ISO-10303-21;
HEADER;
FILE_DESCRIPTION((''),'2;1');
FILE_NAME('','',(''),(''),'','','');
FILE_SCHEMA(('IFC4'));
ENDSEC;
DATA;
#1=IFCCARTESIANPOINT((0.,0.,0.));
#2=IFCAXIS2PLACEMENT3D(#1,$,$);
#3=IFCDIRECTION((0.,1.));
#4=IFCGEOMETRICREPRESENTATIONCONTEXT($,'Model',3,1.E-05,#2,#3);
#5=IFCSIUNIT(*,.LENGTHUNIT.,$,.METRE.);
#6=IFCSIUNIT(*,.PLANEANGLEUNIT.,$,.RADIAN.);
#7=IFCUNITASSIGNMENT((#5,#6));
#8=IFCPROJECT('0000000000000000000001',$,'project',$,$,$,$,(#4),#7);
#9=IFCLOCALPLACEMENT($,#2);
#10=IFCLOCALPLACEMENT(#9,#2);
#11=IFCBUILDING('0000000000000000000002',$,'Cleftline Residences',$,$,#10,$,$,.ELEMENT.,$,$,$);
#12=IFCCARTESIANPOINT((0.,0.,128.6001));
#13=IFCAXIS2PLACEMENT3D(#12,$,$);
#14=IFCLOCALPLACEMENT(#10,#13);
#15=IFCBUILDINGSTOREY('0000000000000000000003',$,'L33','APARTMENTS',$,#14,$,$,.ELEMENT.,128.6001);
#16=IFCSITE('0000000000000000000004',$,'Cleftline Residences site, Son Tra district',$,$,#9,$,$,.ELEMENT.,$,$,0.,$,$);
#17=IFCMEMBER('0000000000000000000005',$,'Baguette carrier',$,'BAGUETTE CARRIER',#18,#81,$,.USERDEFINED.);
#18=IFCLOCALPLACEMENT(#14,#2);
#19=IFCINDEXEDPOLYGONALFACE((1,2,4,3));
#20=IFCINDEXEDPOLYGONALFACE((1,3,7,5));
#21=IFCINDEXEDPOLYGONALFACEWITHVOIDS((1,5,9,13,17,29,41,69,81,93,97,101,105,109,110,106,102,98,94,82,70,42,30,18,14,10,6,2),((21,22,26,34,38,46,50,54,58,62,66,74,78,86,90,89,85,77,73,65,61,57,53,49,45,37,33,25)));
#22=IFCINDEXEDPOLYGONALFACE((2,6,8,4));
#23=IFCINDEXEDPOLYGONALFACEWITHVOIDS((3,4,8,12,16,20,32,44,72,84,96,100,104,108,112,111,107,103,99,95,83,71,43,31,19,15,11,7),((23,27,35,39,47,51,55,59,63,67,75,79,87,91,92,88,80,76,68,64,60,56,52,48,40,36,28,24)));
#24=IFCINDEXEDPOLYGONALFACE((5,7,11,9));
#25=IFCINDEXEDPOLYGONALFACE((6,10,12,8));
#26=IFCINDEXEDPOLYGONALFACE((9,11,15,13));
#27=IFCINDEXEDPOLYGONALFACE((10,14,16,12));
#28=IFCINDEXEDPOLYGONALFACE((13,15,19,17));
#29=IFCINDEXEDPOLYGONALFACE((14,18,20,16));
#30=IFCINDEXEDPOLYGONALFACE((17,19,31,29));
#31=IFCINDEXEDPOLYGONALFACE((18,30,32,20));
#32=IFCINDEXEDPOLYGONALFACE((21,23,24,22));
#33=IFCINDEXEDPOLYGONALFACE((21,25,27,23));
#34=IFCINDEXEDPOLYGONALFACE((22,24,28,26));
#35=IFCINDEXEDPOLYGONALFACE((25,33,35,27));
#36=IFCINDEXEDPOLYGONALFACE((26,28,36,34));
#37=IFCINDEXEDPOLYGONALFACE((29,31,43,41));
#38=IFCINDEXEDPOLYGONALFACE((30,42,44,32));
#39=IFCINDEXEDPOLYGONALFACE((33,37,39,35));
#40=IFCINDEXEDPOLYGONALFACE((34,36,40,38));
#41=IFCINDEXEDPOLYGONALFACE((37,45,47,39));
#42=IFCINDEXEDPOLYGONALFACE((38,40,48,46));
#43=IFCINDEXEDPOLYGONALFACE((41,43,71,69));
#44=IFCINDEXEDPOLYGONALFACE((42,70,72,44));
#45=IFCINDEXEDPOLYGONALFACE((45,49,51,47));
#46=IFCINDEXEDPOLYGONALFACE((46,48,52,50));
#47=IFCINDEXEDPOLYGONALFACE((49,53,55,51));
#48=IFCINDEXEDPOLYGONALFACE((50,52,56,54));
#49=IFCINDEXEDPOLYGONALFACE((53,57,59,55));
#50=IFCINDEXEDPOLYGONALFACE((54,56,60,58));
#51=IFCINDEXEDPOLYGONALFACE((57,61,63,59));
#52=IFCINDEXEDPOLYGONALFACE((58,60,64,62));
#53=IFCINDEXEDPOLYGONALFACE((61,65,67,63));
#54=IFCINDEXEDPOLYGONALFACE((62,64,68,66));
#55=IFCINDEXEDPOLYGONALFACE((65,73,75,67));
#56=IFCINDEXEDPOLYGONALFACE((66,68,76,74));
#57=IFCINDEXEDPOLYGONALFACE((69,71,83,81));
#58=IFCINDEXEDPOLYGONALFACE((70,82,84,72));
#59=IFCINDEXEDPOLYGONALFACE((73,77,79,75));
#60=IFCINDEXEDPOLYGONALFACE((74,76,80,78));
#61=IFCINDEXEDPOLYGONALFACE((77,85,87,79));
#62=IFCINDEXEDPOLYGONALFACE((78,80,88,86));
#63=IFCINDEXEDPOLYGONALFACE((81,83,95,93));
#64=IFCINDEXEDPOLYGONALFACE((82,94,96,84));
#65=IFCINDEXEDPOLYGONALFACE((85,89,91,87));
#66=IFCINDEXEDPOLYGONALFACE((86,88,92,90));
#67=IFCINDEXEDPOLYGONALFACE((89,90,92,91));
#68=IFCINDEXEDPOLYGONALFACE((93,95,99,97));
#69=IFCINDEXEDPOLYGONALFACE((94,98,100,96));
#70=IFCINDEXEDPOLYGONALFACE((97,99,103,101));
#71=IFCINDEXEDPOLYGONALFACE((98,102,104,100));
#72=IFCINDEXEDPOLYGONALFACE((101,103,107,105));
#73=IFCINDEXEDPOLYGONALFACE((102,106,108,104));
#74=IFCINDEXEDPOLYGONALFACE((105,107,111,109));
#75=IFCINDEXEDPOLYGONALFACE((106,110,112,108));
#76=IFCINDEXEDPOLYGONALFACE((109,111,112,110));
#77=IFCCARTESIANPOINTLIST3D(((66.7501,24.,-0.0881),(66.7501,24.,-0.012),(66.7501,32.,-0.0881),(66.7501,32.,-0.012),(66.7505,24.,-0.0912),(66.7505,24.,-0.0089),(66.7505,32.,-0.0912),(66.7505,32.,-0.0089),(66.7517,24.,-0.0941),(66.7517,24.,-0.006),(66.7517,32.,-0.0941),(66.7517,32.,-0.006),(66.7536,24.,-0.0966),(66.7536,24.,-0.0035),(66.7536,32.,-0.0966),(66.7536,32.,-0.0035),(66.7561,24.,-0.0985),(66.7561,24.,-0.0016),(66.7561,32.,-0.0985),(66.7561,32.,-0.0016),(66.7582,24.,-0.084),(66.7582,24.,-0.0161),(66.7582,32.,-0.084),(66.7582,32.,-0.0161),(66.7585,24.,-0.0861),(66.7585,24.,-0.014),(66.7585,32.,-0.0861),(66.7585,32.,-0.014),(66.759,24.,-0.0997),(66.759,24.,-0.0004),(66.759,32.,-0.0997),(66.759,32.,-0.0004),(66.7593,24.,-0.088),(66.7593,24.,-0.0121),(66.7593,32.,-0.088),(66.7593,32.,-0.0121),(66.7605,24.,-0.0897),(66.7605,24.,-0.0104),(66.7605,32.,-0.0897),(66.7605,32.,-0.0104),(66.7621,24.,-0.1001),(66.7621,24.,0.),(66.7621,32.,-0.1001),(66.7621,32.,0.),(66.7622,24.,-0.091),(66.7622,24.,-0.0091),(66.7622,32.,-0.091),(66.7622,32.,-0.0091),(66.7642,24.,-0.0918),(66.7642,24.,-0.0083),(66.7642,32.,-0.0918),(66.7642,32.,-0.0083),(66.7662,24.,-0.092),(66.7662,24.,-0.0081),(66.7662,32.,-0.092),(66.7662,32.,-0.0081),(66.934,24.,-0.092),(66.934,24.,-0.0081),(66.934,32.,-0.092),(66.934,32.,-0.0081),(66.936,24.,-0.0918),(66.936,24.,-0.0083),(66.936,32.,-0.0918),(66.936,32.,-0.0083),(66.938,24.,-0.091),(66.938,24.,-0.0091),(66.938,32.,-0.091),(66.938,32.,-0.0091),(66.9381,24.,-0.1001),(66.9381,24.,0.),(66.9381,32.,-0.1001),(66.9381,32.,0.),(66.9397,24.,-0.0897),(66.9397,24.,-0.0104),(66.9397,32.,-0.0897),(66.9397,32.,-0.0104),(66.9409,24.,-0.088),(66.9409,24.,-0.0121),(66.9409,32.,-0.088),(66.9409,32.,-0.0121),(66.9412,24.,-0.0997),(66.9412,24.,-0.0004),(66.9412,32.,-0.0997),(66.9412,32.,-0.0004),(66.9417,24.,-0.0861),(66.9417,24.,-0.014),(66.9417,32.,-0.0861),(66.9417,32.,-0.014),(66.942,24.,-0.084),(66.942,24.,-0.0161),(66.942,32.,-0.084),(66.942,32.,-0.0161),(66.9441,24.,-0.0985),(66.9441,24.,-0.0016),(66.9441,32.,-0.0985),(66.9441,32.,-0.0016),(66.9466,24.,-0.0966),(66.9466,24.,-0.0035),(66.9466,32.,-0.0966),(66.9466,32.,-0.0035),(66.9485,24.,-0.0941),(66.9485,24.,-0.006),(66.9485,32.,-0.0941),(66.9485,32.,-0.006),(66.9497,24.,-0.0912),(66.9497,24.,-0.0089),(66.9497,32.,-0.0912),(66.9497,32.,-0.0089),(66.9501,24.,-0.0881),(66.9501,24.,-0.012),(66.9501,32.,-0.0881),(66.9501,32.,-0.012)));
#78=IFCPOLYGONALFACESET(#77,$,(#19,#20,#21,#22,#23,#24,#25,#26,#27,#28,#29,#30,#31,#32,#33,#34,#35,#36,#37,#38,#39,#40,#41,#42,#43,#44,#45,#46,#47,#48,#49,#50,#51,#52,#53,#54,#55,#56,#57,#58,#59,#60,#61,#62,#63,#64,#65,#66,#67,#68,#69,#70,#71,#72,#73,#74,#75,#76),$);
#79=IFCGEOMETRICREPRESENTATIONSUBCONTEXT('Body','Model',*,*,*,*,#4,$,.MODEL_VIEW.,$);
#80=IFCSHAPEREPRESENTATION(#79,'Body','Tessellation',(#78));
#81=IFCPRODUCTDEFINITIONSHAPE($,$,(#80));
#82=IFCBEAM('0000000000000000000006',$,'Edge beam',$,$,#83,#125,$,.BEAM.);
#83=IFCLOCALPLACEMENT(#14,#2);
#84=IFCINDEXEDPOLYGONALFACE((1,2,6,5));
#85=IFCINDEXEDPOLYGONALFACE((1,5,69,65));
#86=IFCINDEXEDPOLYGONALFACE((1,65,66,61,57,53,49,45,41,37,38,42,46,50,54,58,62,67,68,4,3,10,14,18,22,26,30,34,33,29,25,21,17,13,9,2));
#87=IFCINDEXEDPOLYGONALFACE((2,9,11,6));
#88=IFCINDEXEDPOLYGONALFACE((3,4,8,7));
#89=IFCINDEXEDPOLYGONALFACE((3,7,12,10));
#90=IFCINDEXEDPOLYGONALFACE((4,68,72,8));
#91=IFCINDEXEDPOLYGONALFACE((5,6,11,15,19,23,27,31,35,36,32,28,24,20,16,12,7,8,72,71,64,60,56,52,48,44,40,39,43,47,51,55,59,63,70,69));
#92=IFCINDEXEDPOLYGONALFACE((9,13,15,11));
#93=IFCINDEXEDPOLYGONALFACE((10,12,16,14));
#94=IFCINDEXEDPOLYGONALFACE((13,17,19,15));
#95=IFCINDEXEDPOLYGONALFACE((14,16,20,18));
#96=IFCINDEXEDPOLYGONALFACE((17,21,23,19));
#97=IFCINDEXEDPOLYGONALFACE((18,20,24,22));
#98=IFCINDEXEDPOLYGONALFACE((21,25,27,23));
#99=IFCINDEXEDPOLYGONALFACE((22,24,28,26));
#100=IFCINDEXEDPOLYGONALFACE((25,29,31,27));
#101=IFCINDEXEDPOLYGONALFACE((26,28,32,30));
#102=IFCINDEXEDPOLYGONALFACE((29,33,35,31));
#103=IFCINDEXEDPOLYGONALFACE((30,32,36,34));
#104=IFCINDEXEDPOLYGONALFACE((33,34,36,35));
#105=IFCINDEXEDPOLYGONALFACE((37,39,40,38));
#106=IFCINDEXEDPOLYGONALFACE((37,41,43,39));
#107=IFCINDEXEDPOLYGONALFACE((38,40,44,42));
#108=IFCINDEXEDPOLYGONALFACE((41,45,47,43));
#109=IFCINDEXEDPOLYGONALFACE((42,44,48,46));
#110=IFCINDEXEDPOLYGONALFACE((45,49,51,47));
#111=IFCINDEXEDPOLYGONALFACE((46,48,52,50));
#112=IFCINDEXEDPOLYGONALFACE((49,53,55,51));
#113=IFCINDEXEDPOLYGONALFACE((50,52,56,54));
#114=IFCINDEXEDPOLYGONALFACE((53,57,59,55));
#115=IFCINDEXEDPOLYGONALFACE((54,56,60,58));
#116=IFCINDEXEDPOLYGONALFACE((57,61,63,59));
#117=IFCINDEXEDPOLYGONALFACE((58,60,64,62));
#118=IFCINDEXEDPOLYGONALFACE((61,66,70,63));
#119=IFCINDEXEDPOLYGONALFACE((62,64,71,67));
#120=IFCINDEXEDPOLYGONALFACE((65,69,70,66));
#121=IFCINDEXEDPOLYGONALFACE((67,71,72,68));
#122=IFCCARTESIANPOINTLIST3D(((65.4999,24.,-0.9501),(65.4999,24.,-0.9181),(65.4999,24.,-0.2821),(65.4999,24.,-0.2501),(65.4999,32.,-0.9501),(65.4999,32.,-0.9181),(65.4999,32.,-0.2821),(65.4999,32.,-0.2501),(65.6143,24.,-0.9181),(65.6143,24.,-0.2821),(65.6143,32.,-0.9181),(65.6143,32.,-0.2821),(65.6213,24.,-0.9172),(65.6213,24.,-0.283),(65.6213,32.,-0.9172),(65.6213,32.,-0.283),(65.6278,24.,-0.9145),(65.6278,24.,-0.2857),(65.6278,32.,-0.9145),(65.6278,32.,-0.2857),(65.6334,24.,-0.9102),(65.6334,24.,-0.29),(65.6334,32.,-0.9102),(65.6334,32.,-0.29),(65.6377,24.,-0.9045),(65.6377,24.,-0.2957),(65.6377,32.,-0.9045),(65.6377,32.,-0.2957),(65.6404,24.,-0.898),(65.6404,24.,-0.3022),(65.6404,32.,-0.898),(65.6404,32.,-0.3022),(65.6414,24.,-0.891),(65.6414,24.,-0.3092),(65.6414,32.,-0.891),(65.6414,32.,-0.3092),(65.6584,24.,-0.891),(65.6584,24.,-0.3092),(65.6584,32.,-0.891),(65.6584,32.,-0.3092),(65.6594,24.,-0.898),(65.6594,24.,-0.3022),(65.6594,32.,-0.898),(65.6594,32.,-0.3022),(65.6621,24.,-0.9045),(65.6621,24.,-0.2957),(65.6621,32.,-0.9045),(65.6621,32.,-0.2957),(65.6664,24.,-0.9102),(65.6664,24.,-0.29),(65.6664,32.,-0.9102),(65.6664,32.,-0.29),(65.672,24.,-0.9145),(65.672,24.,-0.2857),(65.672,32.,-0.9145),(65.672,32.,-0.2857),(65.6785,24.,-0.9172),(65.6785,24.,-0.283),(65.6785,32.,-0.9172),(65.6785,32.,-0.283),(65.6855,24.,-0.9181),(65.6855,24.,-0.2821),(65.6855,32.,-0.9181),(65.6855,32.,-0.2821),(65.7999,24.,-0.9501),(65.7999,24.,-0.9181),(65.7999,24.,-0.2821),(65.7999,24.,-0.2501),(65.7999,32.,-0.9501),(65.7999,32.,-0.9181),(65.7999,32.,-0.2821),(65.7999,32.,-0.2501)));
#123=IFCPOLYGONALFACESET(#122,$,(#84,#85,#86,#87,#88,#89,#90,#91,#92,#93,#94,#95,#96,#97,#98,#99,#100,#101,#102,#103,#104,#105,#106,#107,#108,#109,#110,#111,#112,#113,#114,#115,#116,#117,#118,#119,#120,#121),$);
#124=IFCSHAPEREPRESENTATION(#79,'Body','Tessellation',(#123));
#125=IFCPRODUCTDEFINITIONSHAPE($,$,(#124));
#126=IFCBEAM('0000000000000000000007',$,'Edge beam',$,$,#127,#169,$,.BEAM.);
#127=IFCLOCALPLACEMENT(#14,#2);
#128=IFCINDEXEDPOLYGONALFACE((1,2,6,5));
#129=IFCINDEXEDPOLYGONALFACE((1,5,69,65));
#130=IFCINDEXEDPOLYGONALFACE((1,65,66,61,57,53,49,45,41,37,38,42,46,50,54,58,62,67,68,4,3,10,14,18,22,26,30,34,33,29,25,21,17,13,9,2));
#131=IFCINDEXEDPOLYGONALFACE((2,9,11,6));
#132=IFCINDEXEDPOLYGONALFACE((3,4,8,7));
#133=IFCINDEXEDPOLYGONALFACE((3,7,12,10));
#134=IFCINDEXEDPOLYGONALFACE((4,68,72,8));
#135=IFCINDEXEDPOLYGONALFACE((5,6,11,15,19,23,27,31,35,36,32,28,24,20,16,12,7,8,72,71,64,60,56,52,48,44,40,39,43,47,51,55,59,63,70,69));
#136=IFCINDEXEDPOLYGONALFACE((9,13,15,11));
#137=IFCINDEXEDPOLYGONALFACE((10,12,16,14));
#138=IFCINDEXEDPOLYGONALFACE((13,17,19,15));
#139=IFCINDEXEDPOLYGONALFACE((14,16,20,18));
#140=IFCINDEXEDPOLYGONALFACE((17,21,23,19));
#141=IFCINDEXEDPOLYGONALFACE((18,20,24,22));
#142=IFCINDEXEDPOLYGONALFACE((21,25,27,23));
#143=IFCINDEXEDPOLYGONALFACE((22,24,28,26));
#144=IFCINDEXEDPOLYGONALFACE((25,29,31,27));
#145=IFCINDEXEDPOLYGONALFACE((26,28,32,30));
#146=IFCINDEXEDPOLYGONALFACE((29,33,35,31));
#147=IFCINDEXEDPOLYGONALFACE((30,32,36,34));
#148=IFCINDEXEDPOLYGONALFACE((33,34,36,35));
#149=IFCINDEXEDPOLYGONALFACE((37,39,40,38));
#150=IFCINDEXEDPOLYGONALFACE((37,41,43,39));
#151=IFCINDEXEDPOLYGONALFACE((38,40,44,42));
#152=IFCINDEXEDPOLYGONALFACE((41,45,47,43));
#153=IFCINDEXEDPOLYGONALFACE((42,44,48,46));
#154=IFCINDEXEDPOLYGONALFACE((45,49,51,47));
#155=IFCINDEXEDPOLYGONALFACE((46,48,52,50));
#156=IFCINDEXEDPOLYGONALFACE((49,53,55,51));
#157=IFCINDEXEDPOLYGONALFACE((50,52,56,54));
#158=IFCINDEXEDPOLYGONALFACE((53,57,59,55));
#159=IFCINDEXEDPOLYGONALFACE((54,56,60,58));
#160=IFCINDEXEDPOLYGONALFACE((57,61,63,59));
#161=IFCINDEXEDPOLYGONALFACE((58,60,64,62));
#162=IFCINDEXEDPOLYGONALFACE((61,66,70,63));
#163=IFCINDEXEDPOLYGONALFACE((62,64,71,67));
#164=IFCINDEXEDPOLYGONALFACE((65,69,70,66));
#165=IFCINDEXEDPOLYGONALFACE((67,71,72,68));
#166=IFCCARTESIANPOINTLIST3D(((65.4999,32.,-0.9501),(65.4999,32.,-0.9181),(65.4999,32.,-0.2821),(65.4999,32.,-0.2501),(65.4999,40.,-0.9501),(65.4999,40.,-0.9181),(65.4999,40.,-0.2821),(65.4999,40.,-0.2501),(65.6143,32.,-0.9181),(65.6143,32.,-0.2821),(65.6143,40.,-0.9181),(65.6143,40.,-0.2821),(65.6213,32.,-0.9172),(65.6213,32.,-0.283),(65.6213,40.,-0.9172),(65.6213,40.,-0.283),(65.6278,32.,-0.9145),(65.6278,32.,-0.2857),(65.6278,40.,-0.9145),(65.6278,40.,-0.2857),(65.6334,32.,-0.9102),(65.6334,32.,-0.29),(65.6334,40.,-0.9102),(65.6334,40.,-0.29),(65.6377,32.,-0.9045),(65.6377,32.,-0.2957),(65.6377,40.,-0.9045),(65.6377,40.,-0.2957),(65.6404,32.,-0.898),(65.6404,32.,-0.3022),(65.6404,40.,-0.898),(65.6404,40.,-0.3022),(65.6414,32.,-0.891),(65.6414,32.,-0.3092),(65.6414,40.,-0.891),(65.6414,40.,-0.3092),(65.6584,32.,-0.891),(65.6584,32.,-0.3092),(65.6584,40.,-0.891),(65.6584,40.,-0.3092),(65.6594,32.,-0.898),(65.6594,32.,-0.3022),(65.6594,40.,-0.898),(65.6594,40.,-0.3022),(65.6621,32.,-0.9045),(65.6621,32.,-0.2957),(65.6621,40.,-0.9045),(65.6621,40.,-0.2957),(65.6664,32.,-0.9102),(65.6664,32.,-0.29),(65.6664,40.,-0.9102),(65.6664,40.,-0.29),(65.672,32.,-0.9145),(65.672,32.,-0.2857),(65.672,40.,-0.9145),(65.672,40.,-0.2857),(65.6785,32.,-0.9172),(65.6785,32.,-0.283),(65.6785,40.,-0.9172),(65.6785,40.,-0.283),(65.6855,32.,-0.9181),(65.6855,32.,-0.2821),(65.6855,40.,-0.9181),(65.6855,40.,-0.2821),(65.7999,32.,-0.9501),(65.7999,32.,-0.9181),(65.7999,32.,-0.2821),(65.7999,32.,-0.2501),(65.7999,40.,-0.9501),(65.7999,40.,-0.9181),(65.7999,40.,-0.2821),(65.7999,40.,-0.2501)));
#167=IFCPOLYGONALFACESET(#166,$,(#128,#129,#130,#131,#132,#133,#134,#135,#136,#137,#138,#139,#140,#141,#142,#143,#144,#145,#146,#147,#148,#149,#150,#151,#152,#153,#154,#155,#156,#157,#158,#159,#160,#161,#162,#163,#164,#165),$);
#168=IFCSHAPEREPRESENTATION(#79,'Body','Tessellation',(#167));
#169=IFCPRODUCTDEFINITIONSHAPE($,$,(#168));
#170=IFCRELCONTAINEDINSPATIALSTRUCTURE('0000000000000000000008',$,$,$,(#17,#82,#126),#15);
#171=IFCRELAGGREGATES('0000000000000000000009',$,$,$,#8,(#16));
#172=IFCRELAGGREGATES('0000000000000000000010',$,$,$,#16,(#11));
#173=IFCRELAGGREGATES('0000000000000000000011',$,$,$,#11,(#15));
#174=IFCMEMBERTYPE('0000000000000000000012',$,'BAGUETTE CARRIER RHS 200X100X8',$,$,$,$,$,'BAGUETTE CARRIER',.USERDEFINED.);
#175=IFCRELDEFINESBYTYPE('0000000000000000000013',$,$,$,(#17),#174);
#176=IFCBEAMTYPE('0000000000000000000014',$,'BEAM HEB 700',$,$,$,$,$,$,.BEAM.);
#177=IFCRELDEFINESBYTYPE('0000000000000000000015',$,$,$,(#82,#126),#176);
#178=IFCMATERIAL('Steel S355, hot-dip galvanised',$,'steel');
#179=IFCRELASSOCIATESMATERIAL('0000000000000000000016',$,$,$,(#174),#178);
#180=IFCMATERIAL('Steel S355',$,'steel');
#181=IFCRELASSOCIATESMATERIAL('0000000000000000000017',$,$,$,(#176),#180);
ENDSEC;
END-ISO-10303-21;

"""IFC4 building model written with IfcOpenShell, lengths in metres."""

from ifc_helpers import new_model, si_unit, direction, frame, origin, origin_2d, place, context, subcontext, project, spatial, hollow_rectangle, i_section, extrude, material, material_profile, profile_set, type_object, element, save


model = new_model("IFC4")

# Units and contexts
model_context = context("Model", 3, precision=1e-05, world=origin(), true_north=direction((0.0, 1.0)))
body_context = subcontext(model_context, "Body", "Model", "MODEL_VIEW")
ifc_project = project(units=[si_unit("LENGTHUNIT", "METRE"), si_unit("PLANEANGLEUNIT", "RADIAN")], contexts=[model_context])

# Site, building, storey
site_placement = place(None, origin())
site = spatial("IfcSite", under=ifc_project, at=site_placement, Name="Cleftline Residences site, Son Tra district", CompositionType="ELEMENT", RefElevation=0.0)
building_placement = place(site_placement, origin())
building = spatial("IfcBuilding", under=site, at=building_placement, Name="Cleftline Residences", CompositionType="ELEMENT")
storey_placement = place(building_placement, frame((0.0, 0.0, 128.6001)))
storey = spatial("IfcBuildingStorey", under=building, at=storey_placement, Name="L33", Description="APARTMENTS", CompositionType="ELEMENT", Elevation=128.6001)

# Member
ifc_material_1 = material(Name="Steel S355, hot-dip galvanised", Category="steel")
ifc_material_profile_1 = material_profile(ifc_material_1, hollow_rectangle(XDim=0.1001, YDim=0.2, WallThickness=0.0081, InnerFilletRadius=0.0081, OuterFilletRadius=0.012, at=origin_2d()))
ifc_profile_set_1 = profile_set([ifc_material_profile_1], Name="Steel S355, hot-dip galvanised")
member_type_1 = type_object("IfcMemberType", Name="BAGUETTE CARRIER RHS 200X100X8", ElementType="BAGUETTE CARRIER", PredefinedType="USERDEFINED", material=ifc_profile_set_1)
member_1_placement = place(storey_placement, frame((66.8501, 24.0, -0.05), z_axis=(0.0, 1.0, 0.0), x_axis=(0.0, 0.0, 1.0)))
element("IfcMember", 1, at=member_1_placement, inside=storey, type_object=member_type_1, Name="Baguette carrier", ObjectType="BAGUETTE CARRIER", PredefinedType="USERDEFINED", context=body_context, shape_type="SweptSolid", body=[
    extrude(hollow_rectangle(XDim=0.1001, YDim=0.2, WallThickness=0.0081, InnerFilletRadius=0.0081, OuterFilletRadius=0.012, at=origin_2d()), origin(), (0.0, 0.0, 1.0), 8.0),
])

# Beams
ifc_material_2 = material(Name="Steel S355", Category="steel")
ifc_material_profile_2 = material_profile(ifc_material_2, i_section(OverallWidth=0.3, OverallDepth=0.7, WebThickness=0.0171, FlangeThickness=0.032, FilletRadius=0.0271, at=origin_2d()))
ifc_profile_set_2 = profile_set([ifc_material_profile_2], Name="Steel S355")
beam_type_1 = type_object("IfcBeamType", Name="BEAM HEB 700", PredefinedType="BEAM", material=ifc_profile_set_2)
for number, where, z_axis, x_axis, name in (
    (2, (65.6499, 24.0, -0.6001), (0.0, 1.0, 0.0), (-1.0, 0.0, 0.0), "Edge beam"),
    (3, (65.6499, 32.0, -0.6001), (0.0, 1.0, 0.0), (-1.0, 0.0, 0.0), "Edge beam"),
):
    element("IfcBeam", number, at=place(storey_placement, frame(where, z_axis=z_axis, x_axis=x_axis)), inside=storey, type_object=beam_type_1, Name=name, PredefinedType="BEAM", context=body_context, shape_type="SweptSolid", body=[
        extrude(i_section(OverallWidth=0.3, OverallDepth=0.7, WebThickness=0.0171, FlangeThickness=0.032, FilletRadius=0.0271, at=origin_2d()), origin(), (0.0, 0.0, 1.0), 8.0),
    ])

save(model, "model.ifc")
